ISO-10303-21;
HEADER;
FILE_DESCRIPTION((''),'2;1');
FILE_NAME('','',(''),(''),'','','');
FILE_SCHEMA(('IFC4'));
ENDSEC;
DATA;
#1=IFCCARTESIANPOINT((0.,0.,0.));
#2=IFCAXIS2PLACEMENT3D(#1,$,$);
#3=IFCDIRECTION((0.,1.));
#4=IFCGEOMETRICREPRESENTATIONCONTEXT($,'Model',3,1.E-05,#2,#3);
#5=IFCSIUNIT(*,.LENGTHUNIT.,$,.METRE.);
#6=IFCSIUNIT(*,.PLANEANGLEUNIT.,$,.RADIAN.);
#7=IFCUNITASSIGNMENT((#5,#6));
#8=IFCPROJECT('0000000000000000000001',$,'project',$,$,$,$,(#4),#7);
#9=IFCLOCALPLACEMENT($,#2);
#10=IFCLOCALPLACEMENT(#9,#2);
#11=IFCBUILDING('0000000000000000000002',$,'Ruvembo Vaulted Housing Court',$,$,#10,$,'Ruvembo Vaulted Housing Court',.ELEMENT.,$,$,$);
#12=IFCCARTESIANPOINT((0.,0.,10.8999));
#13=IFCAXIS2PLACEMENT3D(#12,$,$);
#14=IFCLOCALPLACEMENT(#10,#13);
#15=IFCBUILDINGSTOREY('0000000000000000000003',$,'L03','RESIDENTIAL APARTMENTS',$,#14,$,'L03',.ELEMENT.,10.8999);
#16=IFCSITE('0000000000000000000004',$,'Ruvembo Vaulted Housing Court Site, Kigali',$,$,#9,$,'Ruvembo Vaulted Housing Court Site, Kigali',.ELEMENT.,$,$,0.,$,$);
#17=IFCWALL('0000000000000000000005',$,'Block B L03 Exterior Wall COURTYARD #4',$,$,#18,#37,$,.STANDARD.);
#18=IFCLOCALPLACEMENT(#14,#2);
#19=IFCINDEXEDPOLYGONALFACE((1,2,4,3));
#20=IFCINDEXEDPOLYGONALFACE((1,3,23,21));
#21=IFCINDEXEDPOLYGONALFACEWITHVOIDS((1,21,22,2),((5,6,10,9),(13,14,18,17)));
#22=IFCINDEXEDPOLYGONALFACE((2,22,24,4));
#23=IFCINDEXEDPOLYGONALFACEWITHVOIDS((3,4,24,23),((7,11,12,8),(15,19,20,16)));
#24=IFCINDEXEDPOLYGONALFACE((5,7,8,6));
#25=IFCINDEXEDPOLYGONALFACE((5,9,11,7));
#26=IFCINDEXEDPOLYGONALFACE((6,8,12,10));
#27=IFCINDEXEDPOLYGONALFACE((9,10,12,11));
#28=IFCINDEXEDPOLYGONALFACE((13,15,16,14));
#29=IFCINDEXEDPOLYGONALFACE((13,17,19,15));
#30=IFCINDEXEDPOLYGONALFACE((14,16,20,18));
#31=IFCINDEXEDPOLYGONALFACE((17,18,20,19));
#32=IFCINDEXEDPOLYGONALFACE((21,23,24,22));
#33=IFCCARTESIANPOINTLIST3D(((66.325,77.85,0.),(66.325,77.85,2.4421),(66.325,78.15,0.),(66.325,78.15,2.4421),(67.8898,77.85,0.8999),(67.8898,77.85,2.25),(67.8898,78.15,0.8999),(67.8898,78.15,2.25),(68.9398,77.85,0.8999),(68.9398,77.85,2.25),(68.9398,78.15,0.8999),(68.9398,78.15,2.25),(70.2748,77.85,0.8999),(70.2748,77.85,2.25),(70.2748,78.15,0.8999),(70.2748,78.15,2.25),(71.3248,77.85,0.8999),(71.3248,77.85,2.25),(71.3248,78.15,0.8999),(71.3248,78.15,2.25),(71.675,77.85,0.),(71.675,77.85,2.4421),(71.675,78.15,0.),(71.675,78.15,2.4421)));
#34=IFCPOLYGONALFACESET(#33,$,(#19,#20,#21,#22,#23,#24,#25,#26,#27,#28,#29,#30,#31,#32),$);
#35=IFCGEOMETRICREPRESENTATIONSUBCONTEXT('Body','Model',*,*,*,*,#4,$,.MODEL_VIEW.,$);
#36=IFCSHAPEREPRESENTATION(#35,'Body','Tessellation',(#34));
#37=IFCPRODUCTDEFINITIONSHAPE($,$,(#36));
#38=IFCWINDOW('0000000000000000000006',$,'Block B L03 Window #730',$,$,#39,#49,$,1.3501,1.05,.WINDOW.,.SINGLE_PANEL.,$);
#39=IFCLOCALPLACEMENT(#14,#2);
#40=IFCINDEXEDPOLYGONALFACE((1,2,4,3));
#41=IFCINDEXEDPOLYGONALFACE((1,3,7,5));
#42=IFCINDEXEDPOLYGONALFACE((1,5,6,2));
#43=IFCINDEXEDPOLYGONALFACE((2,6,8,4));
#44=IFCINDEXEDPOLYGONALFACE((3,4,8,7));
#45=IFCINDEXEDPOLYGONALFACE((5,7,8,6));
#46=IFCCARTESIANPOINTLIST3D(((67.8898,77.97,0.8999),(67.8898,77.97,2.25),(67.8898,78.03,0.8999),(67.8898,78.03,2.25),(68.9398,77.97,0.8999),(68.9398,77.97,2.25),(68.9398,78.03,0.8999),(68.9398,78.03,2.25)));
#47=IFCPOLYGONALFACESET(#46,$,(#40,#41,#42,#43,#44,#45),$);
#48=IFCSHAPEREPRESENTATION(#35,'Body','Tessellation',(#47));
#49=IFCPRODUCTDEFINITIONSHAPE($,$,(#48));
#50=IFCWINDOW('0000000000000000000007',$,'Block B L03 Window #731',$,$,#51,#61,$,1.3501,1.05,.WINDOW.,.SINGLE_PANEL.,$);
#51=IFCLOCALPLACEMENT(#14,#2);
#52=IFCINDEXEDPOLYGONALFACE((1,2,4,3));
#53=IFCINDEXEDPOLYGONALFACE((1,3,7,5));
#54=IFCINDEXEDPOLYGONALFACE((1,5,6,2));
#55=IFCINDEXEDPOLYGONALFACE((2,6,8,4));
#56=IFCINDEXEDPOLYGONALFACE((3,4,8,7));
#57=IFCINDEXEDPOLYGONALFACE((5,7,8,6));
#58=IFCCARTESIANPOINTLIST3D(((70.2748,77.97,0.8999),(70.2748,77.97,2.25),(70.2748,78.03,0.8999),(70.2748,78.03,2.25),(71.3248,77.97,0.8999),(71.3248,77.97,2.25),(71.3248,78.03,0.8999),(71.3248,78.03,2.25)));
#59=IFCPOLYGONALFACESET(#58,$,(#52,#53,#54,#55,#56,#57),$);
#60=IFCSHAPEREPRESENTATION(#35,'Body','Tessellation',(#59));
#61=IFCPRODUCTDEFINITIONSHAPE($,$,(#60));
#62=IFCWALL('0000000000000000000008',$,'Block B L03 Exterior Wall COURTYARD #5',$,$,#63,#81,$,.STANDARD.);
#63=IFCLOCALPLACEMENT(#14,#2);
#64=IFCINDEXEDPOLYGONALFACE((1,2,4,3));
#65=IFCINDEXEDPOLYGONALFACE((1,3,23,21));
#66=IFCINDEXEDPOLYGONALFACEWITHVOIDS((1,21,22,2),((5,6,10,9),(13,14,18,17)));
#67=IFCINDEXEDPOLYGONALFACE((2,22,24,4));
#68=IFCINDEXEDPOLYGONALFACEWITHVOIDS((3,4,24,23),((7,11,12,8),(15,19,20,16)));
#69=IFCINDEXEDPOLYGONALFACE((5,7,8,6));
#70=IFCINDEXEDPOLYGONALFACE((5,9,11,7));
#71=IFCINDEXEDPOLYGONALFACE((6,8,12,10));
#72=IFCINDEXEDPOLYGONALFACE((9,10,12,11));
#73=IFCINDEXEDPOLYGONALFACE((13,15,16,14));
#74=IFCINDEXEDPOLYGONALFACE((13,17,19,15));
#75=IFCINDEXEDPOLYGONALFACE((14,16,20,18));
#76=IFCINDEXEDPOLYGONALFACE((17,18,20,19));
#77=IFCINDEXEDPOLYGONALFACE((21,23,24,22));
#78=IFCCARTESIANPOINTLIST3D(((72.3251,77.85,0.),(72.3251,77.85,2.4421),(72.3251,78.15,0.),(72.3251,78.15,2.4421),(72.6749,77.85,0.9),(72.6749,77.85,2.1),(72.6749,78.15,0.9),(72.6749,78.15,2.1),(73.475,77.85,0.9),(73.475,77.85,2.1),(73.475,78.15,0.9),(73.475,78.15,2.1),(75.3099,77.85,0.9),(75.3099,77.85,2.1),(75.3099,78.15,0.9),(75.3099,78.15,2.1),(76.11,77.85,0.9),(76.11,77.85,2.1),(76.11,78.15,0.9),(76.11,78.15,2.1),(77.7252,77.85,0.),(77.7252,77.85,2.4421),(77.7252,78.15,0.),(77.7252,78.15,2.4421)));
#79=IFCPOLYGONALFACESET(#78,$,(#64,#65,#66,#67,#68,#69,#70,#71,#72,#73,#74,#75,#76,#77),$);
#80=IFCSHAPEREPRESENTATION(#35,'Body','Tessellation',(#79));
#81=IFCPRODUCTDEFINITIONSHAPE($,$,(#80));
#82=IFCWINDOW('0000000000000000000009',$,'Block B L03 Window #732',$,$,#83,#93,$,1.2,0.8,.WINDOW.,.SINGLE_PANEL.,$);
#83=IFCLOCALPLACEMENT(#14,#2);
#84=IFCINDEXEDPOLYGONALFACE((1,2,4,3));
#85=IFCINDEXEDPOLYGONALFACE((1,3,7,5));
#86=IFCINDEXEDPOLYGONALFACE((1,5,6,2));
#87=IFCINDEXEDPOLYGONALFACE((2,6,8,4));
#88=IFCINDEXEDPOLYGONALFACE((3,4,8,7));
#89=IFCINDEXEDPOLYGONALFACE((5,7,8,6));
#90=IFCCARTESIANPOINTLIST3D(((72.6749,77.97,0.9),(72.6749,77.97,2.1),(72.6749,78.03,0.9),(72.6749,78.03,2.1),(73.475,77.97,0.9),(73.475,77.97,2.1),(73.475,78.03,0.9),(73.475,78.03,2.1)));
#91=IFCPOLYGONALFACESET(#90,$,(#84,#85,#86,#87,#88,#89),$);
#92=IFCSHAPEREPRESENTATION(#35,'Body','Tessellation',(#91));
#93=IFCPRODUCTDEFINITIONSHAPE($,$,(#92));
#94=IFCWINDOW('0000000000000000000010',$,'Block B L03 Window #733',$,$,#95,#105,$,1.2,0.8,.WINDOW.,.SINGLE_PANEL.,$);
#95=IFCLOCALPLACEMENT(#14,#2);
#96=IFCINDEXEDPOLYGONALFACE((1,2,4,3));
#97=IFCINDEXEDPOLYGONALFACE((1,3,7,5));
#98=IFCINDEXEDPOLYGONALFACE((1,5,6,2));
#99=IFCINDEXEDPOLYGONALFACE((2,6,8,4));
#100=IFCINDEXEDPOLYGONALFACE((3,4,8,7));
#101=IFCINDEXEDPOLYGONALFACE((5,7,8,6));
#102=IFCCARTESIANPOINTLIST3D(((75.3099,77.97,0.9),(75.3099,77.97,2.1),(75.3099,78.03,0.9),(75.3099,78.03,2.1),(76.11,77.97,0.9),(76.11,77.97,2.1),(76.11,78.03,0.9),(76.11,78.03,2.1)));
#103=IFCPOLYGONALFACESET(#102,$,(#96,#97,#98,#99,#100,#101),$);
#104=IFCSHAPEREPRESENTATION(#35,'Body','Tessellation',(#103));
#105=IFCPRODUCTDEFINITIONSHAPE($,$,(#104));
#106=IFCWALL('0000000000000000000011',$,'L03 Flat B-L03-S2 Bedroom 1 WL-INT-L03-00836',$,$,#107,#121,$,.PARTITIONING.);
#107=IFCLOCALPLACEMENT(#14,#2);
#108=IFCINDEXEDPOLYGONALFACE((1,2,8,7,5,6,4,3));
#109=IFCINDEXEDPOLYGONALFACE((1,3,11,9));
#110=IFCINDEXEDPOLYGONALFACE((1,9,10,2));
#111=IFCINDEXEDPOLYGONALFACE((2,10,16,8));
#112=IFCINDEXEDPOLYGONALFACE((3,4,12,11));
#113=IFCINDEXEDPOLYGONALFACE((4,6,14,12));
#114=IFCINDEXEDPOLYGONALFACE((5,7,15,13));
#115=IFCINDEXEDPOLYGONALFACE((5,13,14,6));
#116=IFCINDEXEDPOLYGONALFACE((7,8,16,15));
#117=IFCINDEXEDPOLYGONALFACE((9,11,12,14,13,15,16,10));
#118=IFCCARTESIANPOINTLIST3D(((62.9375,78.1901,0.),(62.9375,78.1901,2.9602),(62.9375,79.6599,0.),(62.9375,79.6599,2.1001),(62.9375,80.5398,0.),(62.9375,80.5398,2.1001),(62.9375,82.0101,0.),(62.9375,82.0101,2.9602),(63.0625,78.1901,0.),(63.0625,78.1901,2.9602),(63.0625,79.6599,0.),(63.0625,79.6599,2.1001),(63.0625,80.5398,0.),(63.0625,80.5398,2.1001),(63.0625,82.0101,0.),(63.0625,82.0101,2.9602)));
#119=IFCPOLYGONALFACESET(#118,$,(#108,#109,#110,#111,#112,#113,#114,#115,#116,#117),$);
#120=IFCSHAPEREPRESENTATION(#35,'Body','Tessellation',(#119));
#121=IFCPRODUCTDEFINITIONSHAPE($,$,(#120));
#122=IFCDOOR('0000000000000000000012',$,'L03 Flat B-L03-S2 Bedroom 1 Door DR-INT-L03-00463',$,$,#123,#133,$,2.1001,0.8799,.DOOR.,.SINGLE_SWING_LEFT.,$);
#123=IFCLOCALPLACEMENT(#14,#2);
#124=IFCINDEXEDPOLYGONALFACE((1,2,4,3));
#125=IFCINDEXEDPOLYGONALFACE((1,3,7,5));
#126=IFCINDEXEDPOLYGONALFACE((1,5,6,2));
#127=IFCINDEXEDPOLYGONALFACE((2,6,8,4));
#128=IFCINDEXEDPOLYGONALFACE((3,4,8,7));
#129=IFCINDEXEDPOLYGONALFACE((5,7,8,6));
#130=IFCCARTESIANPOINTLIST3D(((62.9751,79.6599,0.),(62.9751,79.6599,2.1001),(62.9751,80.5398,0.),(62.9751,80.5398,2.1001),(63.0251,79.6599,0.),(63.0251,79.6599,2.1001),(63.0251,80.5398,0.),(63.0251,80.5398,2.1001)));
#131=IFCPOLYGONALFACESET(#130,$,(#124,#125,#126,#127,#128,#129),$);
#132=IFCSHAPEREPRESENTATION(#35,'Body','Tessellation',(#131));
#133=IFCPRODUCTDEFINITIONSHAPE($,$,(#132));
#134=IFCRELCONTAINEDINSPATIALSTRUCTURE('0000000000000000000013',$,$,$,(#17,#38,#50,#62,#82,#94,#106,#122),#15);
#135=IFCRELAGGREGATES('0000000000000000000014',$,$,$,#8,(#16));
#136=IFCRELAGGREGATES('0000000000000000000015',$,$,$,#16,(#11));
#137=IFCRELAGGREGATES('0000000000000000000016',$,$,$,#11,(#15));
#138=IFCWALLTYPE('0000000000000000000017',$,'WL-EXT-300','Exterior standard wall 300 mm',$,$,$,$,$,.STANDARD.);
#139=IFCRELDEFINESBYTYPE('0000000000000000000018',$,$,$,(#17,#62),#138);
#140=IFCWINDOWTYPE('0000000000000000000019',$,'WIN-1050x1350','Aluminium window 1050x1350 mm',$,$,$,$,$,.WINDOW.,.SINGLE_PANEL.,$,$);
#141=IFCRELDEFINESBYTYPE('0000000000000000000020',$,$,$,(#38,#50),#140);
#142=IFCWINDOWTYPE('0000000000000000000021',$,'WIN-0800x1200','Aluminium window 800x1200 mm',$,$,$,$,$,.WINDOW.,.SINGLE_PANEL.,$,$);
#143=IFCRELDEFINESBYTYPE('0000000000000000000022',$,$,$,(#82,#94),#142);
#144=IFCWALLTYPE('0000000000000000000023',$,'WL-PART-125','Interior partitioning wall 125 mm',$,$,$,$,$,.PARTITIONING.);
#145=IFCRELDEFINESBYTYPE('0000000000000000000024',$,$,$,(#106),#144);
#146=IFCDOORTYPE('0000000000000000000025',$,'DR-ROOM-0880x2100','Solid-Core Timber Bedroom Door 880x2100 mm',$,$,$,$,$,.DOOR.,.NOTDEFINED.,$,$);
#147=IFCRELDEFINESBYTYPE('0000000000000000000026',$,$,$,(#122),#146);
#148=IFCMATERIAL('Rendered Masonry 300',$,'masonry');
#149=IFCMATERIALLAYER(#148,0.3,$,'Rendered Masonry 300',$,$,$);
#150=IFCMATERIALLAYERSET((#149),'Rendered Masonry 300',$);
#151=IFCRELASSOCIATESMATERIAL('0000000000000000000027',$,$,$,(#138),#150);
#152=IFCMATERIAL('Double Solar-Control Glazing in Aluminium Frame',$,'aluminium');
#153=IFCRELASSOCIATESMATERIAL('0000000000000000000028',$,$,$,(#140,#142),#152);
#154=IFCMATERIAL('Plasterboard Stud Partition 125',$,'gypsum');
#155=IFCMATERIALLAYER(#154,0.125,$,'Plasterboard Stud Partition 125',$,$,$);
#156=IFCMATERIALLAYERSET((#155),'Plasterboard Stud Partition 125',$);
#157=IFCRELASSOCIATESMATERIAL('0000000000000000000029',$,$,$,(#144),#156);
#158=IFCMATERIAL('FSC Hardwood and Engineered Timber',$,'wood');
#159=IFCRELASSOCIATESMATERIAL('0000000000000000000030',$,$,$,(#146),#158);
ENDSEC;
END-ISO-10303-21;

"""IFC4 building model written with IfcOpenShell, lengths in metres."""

from ifc_helpers import new_model, si_unit, direction, frame, frame_2d, origin, place, context, subcontext, project, spatial, rectangle, extrude, material, layer, layer_set, type_object, element, fill, save


model = new_model("IFC4")

# Units and contexts
model_context = context("Model", 3, precision=1e-05, world=origin(), true_north=direction((0.0, 1.0)))
body_context = subcontext(model_context, "Body", "Model", "MODEL_VIEW")
ifc_project = project(units=[si_unit("LENGTHUNIT", "METRE"), si_unit("PLANEANGLEUNIT", "RADIAN")], contexts=[model_context])

# Site, building, storey
site_placement = place(None, origin())
site = spatial("IfcSite", under=ifc_project, at=site_placement, Name="Ruvembo Vaulted Housing Court Site, Kigali", LongName="Ruvembo Vaulted Housing Court Site, Kigali", CompositionType="ELEMENT", RefElevation=0.0)
building_placement = place(site_placement, origin())
building = spatial("IfcBuilding", under=site, at=building_placement, Name="Ruvembo Vaulted Housing Court", LongName="Ruvembo Vaulted Housing Court", CompositionType="ELEMENT")
storey_placement = place(building_placement, frame((0.0, 0.0, 10.8999)))
storey = spatial("IfcBuildingStorey", under=building, at=storey_placement, Name="L03", Description="RESIDENTIAL APARTMENTS", LongName="L03", CompositionType="ELEMENT", Elevation=10.8999)

# Walls, openings, windows
ifc_material_1 = material(Name="Rendered Masonry 300", Category="masonry")
ifc_layer_1 = layer(ifc_material_1, 0.3, Name="Rendered Masonry 300")
ifc_layer_set_1 = layer_set([ifc_layer_1], Name="Rendered Masonry 300")
wall_type_1 = type_object("IfcWallType", Name="WL-EXT-300", Description="Exterior standard wall 300 mm", PredefinedType="STANDARD", material=ifc_layer_set_1)
ifc_material_2 = material(Name="Double Solar-Control Glazing in Aluminium Frame", Category="aluminium")
wall_1_placement = place(storey_placement, frame((66.325, 78.0, 0.0), z_axis=(0.0, 0.0, 1.0), x_axis=(1.0, 0.0, 0.0)))
wall_1 = element("IfcWall", 1, at=wall_1_placement, inside=storey, type_object=wall_type_1, Name="Block B L03 Exterior Wall COURTYARD #4", PredefinedType="STANDARD", context=body_context, shape_type="SweptSolid", body=[
    extrude(rectangle(XDim=5.3501, YDim=0.3, at=frame_2d((2.675, 0.0))), origin(), (0.0, 0.0, 1.0), 2.4421),
])
opening_1_placement = place(wall_1_placement, frame((1.5649, 0.0, 0.8999)))
opening_1 = element("IfcOpeningElement", 2, at=opening_1_placement, cuts=wall_1, PredefinedType="OPENING", context=body_context, shape_type="SweptSolid", body=[
    extrude(rectangle(XDim=1.05, YDim=1.3501, at=frame_2d((0.5249, 0.675))), frame((0.0, 0.1599, 0.0), z_axis=(0.0, -1.0, 0.0), x_axis=(1.0, 0.0, 0.0)), (0.0, 0.0, 1.0), 0.3201),
])
opening_2_placement = place(wall_1_placement, frame((3.95, 0.0, 0.8999)))
opening_2 = element("IfcOpeningElement", 3, at=opening_2_placement, cuts=wall_1, PredefinedType="OPENING", context=body_context, shape_type="SweptSolid", body=[
    extrude(rectangle(XDim=1.05, YDim=1.3501, at=frame_2d((0.5249, 0.675))), frame((0.0, 0.1599, 0.0), z_axis=(0.0, -1.0, 0.0), x_axis=(1.0, 0.0, 0.0)), (0.0, 0.0, 1.0), 0.3201),
])
window_type_1 = type_object("IfcWindowType", Name="WIN-1050x1350", Description="Aluminium window 1050x1350 mm", PartitioningType="SINGLE_PANEL", PredefinedType="WINDOW", material=ifc_material_2)
window_1_placement = place(opening_1_placement, origin())
window_1 = element("IfcWindow", 4, at=window_1_placement, inside=storey, type_object=window_type_1, Name="Block B L03 Window #730", OverallHeight=1.3501, OverallWidth=1.05, PartitioningType="SINGLE_PANEL", PredefinedType="WINDOW", context=body_context, shape_type="SweptSolid", body=[
    extrude(rectangle(XDim=1.05, YDim=1.3501, at=frame_2d((0.5249, 0.675))), frame((0.0, 0.03, 0.0), z_axis=(0.0, -1.0, 0.0), x_axis=(1.0, 0.0, 0.0)), (0.0, 0.0, 1.0), 0.0601),
])
fill(opening_1, window_1)
window_2_placement = place(opening_2_placement, origin())
window_2 = element("IfcWindow", 5, at=window_2_placement, inside=storey, type_object=window_type_1, Name="Block B L03 Window #731", OverallHeight=1.3501, OverallWidth=1.05, PartitioningType="SINGLE_PANEL", PredefinedType="WINDOW", context=body_context, shape_type="SweptSolid", body=[
    extrude(rectangle(XDim=1.05, YDim=1.3501, at=frame_2d((0.5249, 0.675))), frame((0.0, 0.03, 0.0), z_axis=(0.0, -1.0, 0.0), x_axis=(1.0, 0.0, 0.0)), (0.0, 0.0, 1.0), 0.0601),
])
fill(opening_2, window_2)
wall_2_placement = place(storey_placement, frame((72.325, 78.0, 0.0), z_axis=(0.0, 0.0, 1.0), x_axis=(1.0, 0.0, 0.0)))
wall_2 = element("IfcWall", 6, at=wall_2_placement, inside=storey, type_object=wall_type_1, Name="Block B L03 Exterior Wall COURTYARD #5", PredefinedType="STANDARD", context=body_context, shape_type="SweptSolid", body=[
    extrude(rectangle(XDim=5.4001, YDim=0.3, at=frame_2d((2.7002, 0.0))), origin(), (0.0, 0.0, 1.0), 2.4421),
])
opening_3_placement = place(wall_2_placement, frame((0.3501, 0.0, 0.8999)))
opening_3 = element("IfcOpeningElement", 7, at=opening_3_placement, cuts=wall_2, PredefinedType="OPENING", context=body_context, shape_type="SweptSolid", body=[
    extrude(rectangle(XDim=0.8, YDim=1.2, at=frame_2d((0.3999, 0.6001))), frame((0.0, 0.1599, 0.0), z_axis=(0.0, -1.0, 0.0), x_axis=(1.0, 0.0, 0.0)), (0.0, 0.0, 1.0), 0.3201),
])
opening_4_placement = place(wall_2_placement, frame((2.9851, 0.0, 0.8999)))
opening_4 = element("IfcOpeningElement", 8, at=opening_4_placement, cuts=wall_2, PredefinedType="OPENING", context=body_context, shape_type="SweptSolid", body=[
    extrude(rectangle(XDim=0.8, YDim=1.2, at=frame_2d((0.3999, 0.6001))), frame((0.0, 0.1599, 0.0), z_axis=(0.0, -1.0, 0.0), x_axis=(1.0, 0.0, 0.0)), (0.0, 0.0, 1.0), 0.3201),
])
window_type_2 = type_object("IfcWindowType", Name="WIN-0800x1200", Description="Aluminium window 800x1200 mm", PartitioningType="SINGLE_PANEL", PredefinedType="WINDOW", material=ifc_material_2)
window_3_placement = place(opening_3_placement, origin())
window_3 = element("IfcWindow", 9, at=window_3_placement, inside=storey, type_object=window_type_2, Name="Block B L03 Window #732", OverallHeight=1.2, OverallWidth=0.8, PartitioningType="SINGLE_PANEL", PredefinedType="WINDOW", context=body_context, shape_type="SweptSolid", body=[
    extrude(rectangle(XDim=0.8, YDim=1.2, at=frame_2d((0.3999, 0.6001))), frame((0.0, 0.03, 0.0), z_axis=(0.0, -1.0, 0.0), x_axis=(1.0, 0.0, 0.0)), (0.0, 0.0, 1.0), 0.0601),
])
fill(opening_3, window_3)
window_4_placement = place(opening_4_placement, origin())
window_4 = element("IfcWindow", 10, at=window_4_placement, inside=storey, type_object=window_type_2, Name="Block B L03 Window #733", OverallHeight=1.2, OverallWidth=0.8, PartitioningType="SINGLE_PANEL", PredefinedType="WINDOW", context=body_context, shape_type="SweptSolid", body=[
    extrude(rectangle(XDim=0.8, YDim=1.2, at=frame_2d((0.3999, 0.6001))), frame((0.0, 0.03, 0.0), z_axis=(0.0, -1.0, 0.0), x_axis=(1.0, 0.0, 0.0)), (0.0, 0.0, 1.0), 0.0601),
])
fill(opening_4, window_4)

# Wall, opening, door
ifc_material_3 = material(Name="Plasterboard Stud Partition 125", Category="gypsum")
ifc_layer_2 = layer(ifc_material_3, 0.125, Name="Plasterboard Stud Partition 125")
ifc_layer_set_2 = layer_set([ifc_layer_2], Name="Plasterboard Stud Partition 125")
wall_type_2 = type_object("IfcWallType", Name="WL-PART-125", Description="Interior partitioning wall 125 mm", PredefinedType="PARTITIONING", material=ifc_layer_set_2)
wall_3_placement = place(storey_placement, frame((63.0, 78.1899, 0.0), z_axis=(0.0, 0.0, 1.0), x_axis=(0.0, 1.0, 0.0)))
wall_3 = element("IfcWall", 11, at=wall_3_placement, inside=storey, type_object=wall_type_2, Name="L03 Flat B-L03-S2 Bedroom 1 WL-INT-L03-00836", PredefinedType="PARTITIONING", context=body_context, shape_type="SweptSolid", body=[
    extrude(rectangle(XDim=3.8201, YDim=0.125, at=frame_2d((1.9102, 0.0))), origin(), (0.0, 0.0, 1.0), 2.9602),
])
opening_5_placement = place(wall_3_placement, frame((1.47, 0.0, 0.0)))
opening_5 = element("IfcOpeningElement", 12, at=opening_5_placement, cuts=wall_3, PredefinedType="OPENING", context=body_context, shape_type="SweptSolid", body=[
    extrude(rectangle(XDim=0.8799, YDim=2.1001, at=frame_2d((0.4399, 1.05))), frame((0.0, 0.0725, 0.0), z_axis=(0.0, -1.0, 0.0), x_axis=(1.0, 0.0, 0.0)), (0.0, 0.0, 1.0), 0.145),
])
ifc_material_4 = material(Name="FSC Hardwood and Engineered Timber", Category="wood")
door_type = type_object("IfcDoorType", Name="DR-ROOM-0880x2100", Description="Solid-Core Timber Bedroom Door 880x2100 mm", OperationType="NOTDEFINED", PredefinedType="DOOR", material=ifc_material_4)
door_placement = place(opening_5_placement, origin())
door = element("IfcDoor", 13, at=door_placement, inside=storey, type_object=door_type, Name="L03 Flat B-L03-S2 Bedroom 1 Door DR-INT-L03-00463", OperationType="SINGLE_SWING_LEFT", OverallHeight=2.1001, OverallWidth=0.8799, PredefinedType="DOOR", context=body_context, shape_type="SweptSolid", body=[
    extrude(rectangle(XDim=0.8799, YDim=2.1001, at=frame_2d((0.4399, 1.05))), frame((0.0, 0.0249, 0.0), z_axis=(0.0, -1.0, 0.0), x_axis=(1.0, 0.0, 0.0)), (0.0, 0.0, 1.0), 0.05),
])
fill(opening_5, door)

save(model, "model.ifc")
